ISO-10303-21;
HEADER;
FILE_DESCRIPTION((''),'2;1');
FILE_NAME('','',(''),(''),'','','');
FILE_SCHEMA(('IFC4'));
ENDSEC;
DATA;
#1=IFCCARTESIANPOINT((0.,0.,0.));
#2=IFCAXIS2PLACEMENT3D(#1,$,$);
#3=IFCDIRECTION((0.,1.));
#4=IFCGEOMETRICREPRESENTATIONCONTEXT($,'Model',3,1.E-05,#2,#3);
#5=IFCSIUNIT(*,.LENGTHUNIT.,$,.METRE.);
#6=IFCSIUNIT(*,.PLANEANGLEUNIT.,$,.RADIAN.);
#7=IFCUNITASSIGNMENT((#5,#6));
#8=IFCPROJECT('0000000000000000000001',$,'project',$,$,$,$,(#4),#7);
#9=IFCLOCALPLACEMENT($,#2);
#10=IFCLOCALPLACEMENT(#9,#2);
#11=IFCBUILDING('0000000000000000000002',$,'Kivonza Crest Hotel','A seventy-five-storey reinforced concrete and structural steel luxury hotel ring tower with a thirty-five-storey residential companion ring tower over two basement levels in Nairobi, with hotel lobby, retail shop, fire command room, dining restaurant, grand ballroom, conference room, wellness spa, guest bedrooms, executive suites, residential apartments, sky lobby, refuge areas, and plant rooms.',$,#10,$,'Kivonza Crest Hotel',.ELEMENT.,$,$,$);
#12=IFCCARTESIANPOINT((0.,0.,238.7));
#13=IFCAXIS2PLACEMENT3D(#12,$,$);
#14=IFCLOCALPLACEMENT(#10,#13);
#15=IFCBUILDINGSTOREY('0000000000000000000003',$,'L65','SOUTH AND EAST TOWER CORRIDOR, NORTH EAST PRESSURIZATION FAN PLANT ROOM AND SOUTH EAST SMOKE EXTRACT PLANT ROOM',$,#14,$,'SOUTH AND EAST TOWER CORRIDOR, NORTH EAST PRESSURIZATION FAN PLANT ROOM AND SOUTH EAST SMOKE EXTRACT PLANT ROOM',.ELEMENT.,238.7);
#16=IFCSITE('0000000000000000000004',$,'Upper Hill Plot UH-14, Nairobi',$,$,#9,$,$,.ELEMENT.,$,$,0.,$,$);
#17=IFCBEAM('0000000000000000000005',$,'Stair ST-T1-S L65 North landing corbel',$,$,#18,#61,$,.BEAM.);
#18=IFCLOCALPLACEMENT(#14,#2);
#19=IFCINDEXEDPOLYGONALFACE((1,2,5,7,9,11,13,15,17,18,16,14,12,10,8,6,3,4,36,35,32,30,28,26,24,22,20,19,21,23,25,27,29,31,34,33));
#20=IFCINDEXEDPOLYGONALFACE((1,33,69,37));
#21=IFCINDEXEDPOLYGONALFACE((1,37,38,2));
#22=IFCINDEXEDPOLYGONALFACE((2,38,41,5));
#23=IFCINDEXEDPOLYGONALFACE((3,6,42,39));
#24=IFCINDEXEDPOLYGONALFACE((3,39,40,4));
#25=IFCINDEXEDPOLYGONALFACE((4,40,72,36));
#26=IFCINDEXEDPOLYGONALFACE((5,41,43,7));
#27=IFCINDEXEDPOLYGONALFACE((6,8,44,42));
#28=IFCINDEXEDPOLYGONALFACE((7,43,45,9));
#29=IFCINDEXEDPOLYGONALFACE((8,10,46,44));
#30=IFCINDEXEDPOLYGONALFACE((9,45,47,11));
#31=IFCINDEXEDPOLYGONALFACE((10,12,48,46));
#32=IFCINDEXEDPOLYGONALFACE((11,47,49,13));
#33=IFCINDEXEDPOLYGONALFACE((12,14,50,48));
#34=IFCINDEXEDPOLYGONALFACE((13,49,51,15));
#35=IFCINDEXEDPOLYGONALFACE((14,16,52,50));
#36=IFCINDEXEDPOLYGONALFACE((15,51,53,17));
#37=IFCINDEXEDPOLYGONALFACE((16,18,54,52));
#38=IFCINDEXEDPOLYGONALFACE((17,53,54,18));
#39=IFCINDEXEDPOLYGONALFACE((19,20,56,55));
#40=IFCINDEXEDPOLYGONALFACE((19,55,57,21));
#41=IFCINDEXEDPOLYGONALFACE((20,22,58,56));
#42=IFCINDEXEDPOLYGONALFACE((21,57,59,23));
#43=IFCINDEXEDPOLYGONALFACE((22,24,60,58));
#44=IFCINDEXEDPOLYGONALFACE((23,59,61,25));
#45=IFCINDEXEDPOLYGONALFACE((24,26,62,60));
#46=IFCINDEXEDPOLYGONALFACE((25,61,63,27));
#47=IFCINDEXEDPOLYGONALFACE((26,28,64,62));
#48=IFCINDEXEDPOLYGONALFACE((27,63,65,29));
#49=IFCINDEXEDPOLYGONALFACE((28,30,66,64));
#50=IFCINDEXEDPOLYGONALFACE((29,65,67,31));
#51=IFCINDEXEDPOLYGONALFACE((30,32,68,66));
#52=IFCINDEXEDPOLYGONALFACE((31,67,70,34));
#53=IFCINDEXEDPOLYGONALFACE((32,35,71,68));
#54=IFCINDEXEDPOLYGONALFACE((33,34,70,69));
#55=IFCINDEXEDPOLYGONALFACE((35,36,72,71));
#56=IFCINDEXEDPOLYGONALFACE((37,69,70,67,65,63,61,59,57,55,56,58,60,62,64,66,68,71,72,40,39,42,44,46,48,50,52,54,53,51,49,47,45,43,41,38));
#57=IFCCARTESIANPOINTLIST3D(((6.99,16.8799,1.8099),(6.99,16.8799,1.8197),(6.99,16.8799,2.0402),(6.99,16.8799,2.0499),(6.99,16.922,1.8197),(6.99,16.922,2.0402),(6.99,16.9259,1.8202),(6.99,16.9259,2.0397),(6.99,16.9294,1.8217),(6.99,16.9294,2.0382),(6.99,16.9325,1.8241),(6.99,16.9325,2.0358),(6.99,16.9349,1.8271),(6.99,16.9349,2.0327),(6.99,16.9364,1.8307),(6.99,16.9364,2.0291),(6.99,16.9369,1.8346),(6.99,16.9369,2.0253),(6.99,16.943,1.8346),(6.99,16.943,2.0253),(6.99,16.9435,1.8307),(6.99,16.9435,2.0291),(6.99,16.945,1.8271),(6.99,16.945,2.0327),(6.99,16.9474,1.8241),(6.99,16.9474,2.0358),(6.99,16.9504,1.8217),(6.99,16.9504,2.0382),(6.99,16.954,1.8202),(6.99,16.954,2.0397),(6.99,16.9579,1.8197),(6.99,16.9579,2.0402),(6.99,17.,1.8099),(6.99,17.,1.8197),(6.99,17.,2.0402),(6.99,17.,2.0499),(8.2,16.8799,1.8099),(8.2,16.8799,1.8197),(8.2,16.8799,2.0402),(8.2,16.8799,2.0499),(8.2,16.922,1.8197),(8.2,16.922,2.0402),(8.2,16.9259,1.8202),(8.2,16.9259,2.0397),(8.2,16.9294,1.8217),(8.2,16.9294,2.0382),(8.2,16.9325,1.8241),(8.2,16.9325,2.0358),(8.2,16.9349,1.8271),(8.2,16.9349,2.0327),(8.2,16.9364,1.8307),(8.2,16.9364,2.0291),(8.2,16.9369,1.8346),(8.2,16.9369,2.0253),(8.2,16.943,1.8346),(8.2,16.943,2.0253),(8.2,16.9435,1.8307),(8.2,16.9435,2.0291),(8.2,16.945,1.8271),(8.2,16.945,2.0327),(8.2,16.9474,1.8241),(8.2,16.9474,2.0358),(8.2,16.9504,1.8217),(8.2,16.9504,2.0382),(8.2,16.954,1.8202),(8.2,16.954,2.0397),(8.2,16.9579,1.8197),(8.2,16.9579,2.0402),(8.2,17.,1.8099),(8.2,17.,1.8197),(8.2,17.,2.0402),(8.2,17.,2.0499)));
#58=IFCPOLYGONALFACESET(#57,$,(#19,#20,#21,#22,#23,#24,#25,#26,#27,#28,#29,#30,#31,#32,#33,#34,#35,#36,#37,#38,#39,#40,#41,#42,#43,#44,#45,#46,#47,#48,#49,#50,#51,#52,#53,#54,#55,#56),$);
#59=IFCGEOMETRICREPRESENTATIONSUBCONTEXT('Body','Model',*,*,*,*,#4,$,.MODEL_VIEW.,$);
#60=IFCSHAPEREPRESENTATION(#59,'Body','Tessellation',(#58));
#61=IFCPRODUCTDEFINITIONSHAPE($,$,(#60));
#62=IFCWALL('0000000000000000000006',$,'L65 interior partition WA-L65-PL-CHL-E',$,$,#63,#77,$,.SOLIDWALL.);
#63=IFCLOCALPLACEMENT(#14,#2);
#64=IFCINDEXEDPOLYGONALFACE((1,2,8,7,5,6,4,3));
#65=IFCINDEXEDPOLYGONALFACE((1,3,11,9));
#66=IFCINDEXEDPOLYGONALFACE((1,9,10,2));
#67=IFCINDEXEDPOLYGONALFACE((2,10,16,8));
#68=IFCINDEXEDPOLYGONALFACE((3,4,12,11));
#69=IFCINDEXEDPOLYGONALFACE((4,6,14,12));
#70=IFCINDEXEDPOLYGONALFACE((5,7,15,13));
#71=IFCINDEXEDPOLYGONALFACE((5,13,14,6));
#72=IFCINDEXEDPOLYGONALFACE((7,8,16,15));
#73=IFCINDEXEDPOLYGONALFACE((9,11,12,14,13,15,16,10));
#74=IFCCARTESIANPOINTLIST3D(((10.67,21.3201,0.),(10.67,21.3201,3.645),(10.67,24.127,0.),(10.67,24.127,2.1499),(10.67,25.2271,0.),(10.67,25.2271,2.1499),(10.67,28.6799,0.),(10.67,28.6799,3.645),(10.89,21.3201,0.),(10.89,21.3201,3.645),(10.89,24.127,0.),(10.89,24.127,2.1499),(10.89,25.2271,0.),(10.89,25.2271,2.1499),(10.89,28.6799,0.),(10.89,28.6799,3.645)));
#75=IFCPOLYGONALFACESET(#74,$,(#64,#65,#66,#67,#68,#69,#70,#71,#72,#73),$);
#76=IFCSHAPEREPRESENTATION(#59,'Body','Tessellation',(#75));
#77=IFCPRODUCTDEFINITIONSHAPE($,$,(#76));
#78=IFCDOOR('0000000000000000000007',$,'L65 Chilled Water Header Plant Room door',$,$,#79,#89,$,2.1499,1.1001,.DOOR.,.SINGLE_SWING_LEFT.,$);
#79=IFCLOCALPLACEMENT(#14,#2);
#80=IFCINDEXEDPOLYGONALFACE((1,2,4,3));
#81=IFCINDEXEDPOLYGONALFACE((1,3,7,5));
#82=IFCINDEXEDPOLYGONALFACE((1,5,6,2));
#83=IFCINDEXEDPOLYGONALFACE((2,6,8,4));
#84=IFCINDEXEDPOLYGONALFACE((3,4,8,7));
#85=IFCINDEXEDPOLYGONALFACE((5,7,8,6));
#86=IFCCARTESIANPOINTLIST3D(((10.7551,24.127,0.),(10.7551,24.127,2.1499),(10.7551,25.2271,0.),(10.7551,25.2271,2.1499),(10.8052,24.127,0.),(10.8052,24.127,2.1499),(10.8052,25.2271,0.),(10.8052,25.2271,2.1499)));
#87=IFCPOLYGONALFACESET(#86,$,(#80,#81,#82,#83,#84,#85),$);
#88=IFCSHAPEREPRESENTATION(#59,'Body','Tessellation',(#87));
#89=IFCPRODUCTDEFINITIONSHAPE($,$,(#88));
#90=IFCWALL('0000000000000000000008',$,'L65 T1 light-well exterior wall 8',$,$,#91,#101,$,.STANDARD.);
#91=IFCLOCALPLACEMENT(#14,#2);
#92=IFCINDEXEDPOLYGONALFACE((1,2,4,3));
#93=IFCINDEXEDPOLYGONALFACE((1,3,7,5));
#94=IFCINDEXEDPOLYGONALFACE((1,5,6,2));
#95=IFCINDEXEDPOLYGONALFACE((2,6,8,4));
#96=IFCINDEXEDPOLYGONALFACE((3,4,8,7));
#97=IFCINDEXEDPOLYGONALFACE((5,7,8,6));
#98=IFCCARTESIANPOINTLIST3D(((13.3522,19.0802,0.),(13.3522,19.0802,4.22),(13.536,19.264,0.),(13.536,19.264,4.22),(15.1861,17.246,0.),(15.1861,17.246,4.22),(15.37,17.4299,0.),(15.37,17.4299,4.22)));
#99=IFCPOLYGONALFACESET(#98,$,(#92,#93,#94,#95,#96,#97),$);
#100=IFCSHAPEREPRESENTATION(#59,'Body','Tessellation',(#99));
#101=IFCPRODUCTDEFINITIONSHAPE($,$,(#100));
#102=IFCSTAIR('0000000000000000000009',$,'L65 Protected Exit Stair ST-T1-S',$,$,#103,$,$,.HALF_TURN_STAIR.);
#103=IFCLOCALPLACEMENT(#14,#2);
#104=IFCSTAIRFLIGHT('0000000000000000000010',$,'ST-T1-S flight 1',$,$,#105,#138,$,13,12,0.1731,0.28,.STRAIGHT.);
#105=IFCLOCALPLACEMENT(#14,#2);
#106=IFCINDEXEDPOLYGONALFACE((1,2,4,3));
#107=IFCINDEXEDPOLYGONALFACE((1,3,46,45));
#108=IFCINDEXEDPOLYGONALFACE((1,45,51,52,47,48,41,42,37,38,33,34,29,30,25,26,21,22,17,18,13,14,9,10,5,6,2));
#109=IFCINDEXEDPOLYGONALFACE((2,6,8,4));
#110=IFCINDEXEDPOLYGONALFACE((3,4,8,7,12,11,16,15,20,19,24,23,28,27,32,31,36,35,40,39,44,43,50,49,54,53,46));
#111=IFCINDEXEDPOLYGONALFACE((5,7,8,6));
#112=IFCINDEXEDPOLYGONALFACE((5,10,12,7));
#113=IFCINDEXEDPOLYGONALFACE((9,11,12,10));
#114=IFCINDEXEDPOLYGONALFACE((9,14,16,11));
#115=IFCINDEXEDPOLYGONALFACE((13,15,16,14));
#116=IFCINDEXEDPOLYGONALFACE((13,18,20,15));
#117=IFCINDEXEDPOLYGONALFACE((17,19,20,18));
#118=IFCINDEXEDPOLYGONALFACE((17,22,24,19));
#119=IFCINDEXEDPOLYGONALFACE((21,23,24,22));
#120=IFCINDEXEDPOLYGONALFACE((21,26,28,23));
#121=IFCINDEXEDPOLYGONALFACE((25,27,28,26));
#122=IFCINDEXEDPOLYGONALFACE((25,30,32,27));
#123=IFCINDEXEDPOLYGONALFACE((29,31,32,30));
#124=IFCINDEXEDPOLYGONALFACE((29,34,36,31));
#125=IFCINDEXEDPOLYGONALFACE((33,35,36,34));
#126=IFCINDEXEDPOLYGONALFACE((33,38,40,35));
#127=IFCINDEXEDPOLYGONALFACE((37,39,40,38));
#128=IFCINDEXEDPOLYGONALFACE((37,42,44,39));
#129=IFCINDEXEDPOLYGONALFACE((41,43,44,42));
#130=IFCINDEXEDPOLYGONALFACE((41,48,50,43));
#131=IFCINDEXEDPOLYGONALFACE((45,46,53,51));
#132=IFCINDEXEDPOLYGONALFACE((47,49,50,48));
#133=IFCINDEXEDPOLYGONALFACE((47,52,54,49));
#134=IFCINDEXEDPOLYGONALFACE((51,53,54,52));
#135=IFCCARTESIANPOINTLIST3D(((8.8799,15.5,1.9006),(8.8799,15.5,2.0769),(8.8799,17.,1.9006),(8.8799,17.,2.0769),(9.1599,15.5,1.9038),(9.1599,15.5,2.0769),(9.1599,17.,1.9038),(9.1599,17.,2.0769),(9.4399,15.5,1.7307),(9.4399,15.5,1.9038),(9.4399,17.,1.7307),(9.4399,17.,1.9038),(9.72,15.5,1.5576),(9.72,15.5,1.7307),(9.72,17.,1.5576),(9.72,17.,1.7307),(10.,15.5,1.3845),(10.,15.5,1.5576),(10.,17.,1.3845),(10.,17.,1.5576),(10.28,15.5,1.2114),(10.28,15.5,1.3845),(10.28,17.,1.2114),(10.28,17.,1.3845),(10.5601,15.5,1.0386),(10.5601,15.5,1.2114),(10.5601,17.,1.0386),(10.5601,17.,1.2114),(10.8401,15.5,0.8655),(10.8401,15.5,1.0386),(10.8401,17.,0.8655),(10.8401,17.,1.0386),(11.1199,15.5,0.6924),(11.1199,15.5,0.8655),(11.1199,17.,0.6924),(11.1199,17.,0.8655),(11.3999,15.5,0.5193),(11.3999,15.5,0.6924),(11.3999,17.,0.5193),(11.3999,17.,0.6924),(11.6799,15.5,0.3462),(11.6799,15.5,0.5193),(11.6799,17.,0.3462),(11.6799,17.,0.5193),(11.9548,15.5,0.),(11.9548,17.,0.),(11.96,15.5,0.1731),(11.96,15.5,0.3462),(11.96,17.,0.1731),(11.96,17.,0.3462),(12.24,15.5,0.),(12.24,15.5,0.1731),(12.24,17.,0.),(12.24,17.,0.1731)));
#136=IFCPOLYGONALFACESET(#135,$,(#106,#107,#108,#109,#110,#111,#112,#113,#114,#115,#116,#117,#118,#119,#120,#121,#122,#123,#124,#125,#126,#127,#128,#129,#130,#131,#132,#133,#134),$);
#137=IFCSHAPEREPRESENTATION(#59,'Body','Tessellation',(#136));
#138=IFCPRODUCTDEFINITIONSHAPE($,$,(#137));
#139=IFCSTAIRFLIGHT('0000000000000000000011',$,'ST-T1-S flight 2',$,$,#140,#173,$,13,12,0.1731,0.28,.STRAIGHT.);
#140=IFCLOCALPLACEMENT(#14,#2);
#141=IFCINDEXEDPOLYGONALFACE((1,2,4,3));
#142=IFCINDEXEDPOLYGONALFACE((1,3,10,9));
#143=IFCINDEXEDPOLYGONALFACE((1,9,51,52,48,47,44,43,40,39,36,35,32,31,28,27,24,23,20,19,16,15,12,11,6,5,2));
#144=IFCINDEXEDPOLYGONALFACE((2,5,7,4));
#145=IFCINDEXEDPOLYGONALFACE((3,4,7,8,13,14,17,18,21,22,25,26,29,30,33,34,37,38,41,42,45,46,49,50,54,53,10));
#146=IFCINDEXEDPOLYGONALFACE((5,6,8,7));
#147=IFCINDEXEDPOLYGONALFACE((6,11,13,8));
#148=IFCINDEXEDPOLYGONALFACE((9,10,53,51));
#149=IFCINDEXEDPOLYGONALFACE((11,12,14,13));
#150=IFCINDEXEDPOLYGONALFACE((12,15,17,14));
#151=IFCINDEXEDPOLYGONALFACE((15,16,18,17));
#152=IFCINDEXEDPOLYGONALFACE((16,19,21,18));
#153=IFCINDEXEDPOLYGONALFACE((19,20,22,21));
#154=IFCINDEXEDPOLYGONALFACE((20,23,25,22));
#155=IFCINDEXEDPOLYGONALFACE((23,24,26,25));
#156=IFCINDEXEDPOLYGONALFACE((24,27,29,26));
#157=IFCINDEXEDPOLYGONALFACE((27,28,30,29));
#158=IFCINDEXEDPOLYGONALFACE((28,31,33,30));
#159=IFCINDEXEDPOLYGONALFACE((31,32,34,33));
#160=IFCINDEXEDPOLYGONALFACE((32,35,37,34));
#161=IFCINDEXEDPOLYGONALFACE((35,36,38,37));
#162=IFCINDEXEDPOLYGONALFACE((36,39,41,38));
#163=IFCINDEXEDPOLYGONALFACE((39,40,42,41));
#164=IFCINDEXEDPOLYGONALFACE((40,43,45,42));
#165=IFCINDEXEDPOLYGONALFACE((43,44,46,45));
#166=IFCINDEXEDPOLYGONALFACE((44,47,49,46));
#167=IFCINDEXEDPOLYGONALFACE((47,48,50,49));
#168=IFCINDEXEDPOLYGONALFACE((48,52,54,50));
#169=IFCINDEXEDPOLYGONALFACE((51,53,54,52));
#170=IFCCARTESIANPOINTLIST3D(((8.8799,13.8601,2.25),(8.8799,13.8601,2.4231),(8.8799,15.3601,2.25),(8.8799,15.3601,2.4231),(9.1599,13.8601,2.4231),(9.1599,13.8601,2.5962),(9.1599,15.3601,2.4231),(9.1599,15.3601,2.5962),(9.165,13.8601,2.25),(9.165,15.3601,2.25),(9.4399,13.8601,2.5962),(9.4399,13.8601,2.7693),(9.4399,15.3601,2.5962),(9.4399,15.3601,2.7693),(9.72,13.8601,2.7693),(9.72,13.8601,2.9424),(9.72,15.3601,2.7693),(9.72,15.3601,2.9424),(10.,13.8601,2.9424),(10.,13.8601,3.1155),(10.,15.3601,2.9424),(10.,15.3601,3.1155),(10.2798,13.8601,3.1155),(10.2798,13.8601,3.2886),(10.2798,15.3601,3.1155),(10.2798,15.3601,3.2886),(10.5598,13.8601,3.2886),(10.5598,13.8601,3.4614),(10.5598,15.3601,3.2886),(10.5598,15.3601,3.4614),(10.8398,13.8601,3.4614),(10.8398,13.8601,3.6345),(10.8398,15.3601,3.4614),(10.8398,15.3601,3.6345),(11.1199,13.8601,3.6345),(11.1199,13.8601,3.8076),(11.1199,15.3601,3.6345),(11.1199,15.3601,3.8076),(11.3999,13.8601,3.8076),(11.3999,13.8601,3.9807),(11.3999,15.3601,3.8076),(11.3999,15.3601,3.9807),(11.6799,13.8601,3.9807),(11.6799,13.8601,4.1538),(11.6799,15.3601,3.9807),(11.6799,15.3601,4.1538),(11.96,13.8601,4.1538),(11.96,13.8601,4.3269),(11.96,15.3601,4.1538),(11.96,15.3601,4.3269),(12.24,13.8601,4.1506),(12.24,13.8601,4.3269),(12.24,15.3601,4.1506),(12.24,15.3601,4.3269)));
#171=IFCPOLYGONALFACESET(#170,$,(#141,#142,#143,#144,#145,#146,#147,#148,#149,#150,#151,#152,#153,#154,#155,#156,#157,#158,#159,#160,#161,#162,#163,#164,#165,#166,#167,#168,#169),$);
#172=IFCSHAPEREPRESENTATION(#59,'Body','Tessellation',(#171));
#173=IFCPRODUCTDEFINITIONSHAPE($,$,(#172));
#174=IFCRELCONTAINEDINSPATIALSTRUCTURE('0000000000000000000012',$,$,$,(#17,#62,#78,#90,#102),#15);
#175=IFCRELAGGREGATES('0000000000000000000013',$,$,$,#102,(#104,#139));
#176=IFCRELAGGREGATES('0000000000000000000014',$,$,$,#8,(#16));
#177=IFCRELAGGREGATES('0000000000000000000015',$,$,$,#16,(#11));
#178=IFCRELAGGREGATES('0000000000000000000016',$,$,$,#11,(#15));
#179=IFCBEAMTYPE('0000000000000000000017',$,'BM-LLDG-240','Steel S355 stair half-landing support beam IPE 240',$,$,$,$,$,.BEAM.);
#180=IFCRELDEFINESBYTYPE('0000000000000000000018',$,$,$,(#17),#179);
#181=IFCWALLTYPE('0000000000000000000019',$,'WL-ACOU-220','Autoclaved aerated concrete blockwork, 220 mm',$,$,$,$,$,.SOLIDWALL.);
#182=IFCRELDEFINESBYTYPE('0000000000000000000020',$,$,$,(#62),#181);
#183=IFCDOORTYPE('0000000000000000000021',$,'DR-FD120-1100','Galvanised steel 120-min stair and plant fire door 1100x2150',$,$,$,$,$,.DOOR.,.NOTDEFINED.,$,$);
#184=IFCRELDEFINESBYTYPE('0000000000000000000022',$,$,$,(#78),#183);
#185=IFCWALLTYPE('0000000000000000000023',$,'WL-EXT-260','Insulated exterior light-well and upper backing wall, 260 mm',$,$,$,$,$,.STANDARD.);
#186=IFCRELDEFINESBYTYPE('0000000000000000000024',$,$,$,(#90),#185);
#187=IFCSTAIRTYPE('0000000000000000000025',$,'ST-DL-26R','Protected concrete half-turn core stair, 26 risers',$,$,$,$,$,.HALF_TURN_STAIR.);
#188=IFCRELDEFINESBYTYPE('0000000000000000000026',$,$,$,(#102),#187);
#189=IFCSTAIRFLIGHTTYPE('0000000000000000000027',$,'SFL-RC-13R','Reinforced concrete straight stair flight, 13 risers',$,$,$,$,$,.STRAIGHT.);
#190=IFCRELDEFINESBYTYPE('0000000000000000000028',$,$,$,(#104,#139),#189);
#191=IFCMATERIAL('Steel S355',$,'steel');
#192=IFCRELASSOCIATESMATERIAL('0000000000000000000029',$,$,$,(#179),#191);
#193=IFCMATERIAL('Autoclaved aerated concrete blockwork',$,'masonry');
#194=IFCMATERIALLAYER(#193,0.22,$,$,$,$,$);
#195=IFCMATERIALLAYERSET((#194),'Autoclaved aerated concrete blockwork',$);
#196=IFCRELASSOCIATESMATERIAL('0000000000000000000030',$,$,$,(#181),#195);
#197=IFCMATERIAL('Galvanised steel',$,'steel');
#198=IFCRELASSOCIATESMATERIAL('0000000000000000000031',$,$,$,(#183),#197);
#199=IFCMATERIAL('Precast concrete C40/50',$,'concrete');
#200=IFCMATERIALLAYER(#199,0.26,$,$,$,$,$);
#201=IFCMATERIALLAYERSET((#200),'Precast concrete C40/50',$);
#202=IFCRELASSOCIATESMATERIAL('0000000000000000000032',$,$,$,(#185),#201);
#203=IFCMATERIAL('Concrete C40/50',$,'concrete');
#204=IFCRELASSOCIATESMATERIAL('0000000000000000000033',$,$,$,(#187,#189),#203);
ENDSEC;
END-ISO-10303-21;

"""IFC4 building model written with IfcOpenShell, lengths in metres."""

from ifc_helpers import new_model, si_unit, direction, frame, frame_2d, origin, origin_2d, place, context, subcontext, project, spatial, polyline, rectangle, i_section, outline, extrude, material, layer, layer_set, material_profile, profile_set, type_object, element, fill, aggregate, save


model = new_model("IFC4")

# Units and contexts
model_context = context("Model", 3, precision=1e-05, world=origin(), true_north=direction((0.0, 1.0)))
body_context = subcontext(model_context, "Body", "Model", "MODEL_VIEW")
ifc_project = project(units=[si_unit("LENGTHUNIT", "METRE"), si_unit("PLANEANGLEUNIT", "RADIAN")], contexts=[model_context])

# Site, building, storey
site_placement = place(None, origin())
site = spatial("IfcSite", under=ifc_project, at=site_placement, Name="Upper Hill Plot UH-14, Nairobi", CompositionType="ELEMENT", RefElevation=0.0)
building_placement = place(site_placement, origin())
building = spatial("IfcBuilding", under=site, at=building_placement, Name="Kivonza Crest Hotel", Description="A seventy-five-storey reinforced concrete and structural steel luxury hotel ring tower with a thirty-five-storey residential companion ring tower over two basement levels in Nairobi, with hotel lobby, retail shop, fire command room, dining restaurant, grand ballroom, conference room, wellness spa, guest bedrooms, executive suites, residential apartments, sky lobby, refuge areas, and plant rooms.", LongName="Kivonza Crest Hotel", CompositionType="ELEMENT")
storey_placement = place(building_placement, frame((0.0, 0.0, 238.7)))
storey = spatial("IfcBuildingStorey", under=building, at=storey_placement, Name="L65", Description="SOUTH AND EAST TOWER CORRIDOR, NORTH EAST PRESSURIZATION FAN PLANT ROOM AND SOUTH EAST SMOKE EXTRACT PLANT ROOM", LongName="SOUTH AND EAST TOWER CORRIDOR, NORTH EAST PRESSURIZATION FAN PLANT ROOM AND SOUTH EAST SMOKE EXTRACT PLANT ROOM", CompositionType="ELEMENT", Elevation=238.7)

# Beam
ifc_material_1 = material(Name="Steel S355", Category="steel")
ifc_material_profile_1 = material_profile(ifc_material_1, i_section(OverallWidth=0.1201, OverallDepth=0.24, WebThickness=0.0061, FlangeThickness=0.0098, FilletRadius=0.0149, at=origin_2d()), Name="IPE 240")
ifc_profile_set_1 = profile_set([ifc_material_profile_1], Name="Steel S355")
beam_type_1 = type_object("IfcBeamType", Name="BM-LLDG-240", Description="Steel S355 stair half-landing support beam IPE 240", PredefinedType="BEAM", material=ifc_profile_set_1)
beam_1_placement = place(storey_placement, frame((6.99, 16.9399, 1.9299), z_axis=(1.0, 0.0, 0.0), x_axis=(0.0, 1.0, 0.0)))
element("IfcBeam", 1, at=beam_1_placement, inside=storey, type_object=beam_type_1, Name="Stair ST-T1-S L65 North landing corbel", PredefinedType="BEAM", context=body_context, shape_type="SweptSolid", body=[
    extrude(i_section(OverallWidth=0.1201, OverallDepth=0.24, WebThickness=0.0061, FlangeThickness=0.0098, FilletRadius=0.0149, at=origin_2d()), origin(), (0.0, 0.0, 1.0), 1.21),
])

# Wall, opening, door
ifc_material_2 = material(Name="Autoclaved aerated concrete blockwork", Category="masonry")
ifc_layer_1 = layer(ifc_material_2, 0.22)
ifc_layer_set_1 = layer_set([ifc_layer_1], Name="Autoclaved aerated concrete blockwork")
wall_type_1 = type_object("IfcWallType", Name="WL-ACOU-220", Description="Autoclaved aerated concrete blockwork, 220 mm", PredefinedType="SOLIDWALL", material=ifc_layer_set_1)
ifc_material_3 = material(Name="Galvanised steel", Category="steel")
door_type = type_object("IfcDoorType", Name="DR-FD120-1100", Description="Galvanised steel 120-min stair and plant fire door 1100x2150", OperationType="NOTDEFINED", PredefinedType="DOOR", material=ifc_material_3)
wall_1_placement = place(storey_placement, frame((10.78, 21.3201, 0.0), z_axis=(0.0, 0.0, 1.0), x_axis=(0.0, 1.0, 0.0)))
wall_1 = element("IfcWall", 2, at=wall_1_placement, inside=storey, type_object=wall_type_1, Name="L65 interior partition WA-L65-PL-CHL-E", PredefinedType="SOLIDWALL", context=body_context, shape_type="SweptSolid", body=[
    extrude(rectangle(XDim=7.3599, YDim=0.22, at=frame_2d((3.6799, 0.0))), origin(), (0.0, 0.0, 1.0), 3.645),
])
opening_1_placement = place(wall_1_placement, frame((2.8069, 0.0, 0.0)))
opening_1 = element("IfcOpeningElement", 3, at=opening_1_placement, cuts=wall_1, PredefinedType="OPENING", context=body_context, shape_type="SweptSolid", body=[
    extrude(rectangle(XDim=1.1001, YDim=2.1499, at=frame_2d((0.55, 1.075))), frame((0.0, 0.1201, 0.0), z_axis=(0.0, -1.0, 0.0), x_axis=(1.0, 0.0, 0.0)), (0.0, 0.0, 1.0), 0.24),
])
door_1_placement = place(opening_1_placement, origin())
door_1 = element("IfcDoor", 4, at=door_1_placement, inside=storey, type_object=door_type, Name="L65 Chilled Water Header Plant Room door", OperationType="SINGLE_SWING_LEFT", OverallHeight=2.1499, OverallWidth=1.1001, PredefinedType="DOOR", context=body_context, shape_type="SweptSolid", body=[
    extrude(rectangle(XDim=1.1001, YDim=2.1499, at=frame_2d((0.55, 1.075))), frame((0.0, 0.0249, 0.0), z_axis=(0.0, -1.0, 0.0), x_axis=(1.0, 0.0, 0.0)), (0.0, 0.0, 1.0), 0.05),
])
fill(opening_1, door_1)

# Wall
ifc_material_4 = material(Name="Precast concrete C40/50", Category="concrete")
ifc_layer_2 = layer(ifc_material_4, 0.26)
ifc_layer_set_2 = layer_set([ifc_layer_2], Name="Precast concrete C40/50")
wall_type_2 = type_object("IfcWallType", Name="WL-EXT-260", Description="Insulated exterior light-well and upper backing wall, 260 mm", PredefinedType="STANDARD", material=ifc_layer_set_2)
wall_2_placement = place(storey_placement, frame((13.4441, 19.1721, 0.0), z_axis=(0.0, 0.0, 1.0), x_axis=(0.70706, -0.707154, 0.0)))
element("IfcWall", 5, at=wall_2_placement, inside=storey, type_object=wall_type_2, Name="L65 T1 light-well exterior wall 8", PredefinedType="STANDARD", context=body_context, shape_type="SweptSolid", body=[
    extrude(rectangle(XDim=2.5938, YDim=0.26, at=frame_2d((1.2969, 0.0))), origin(), (0.0, 0.0, 1.0), 4.22),
])

# Stair, stair flights
ifc_material_5 = material(Name="Concrete C40/50", Category="concrete")
stair_type = type_object("IfcStairType", Name="ST-DL-26R", Description="Protected concrete half-turn core stair, 26 risers", PredefinedType="HALF_TURN_STAIR", material=ifc_material_5)
stair_placement = place(storey_placement, origin())
stair = element("IfcStair", 6, at=stair_placement, inside=storey, type_object=stair_type, Name="L65 Protected Exit Stair ST-T1-S", PredefinedType="HALF_TURN_STAIR")
stair_flight_type = type_object("IfcStairFlightType", Name="SFL-RC-13R", Description="Reinforced concrete straight stair flight, 13 risers", PredefinedType="STRAIGHT", material=ifc_material_5)
stair_flight_1_placement = place(storey_placement, frame((12.24, 16.25, 0.0), z_axis=(0.0, 0.0, 1.0), x_axis=(-1.0, 0.0, 0.0)))
stair_flight_1 = element("IfcStairFlight", 7, at=stair_flight_1_placement, type_object=stair_flight_type, Name="ST-T1-S flight 1", NumberOfRisers=13, NumberOfTreads=12, PredefinedType="STRAIGHT", RiserHeight=0.1731, TreadLength=0.28, context=body_context, shape_type="SweptSolid", body=[
    extrude(outline(polyline([(0.0, 0.0), (0.0, 0.1731), (0.28, 0.1731), (0.28, 0.3462), (0.5601, 0.3462), (0.5601, 0.5193), (0.8401, 0.5193), (0.8401, 0.6924), (1.1201, 0.6924), (1.1201, 0.8655), (1.3999, 0.8655), (1.3999, 1.0386), (1.6799, 1.0386), (1.6799, 1.2114), (1.96, 1.2114), (1.96, 1.3845), (2.24, 1.3845), (2.24, 1.5576), (2.52, 1.5576), (2.52, 1.7307), (2.8, 1.7307), (2.8, 1.9038), (3.0801, 1.9038), (3.0801, 2.0769), (3.3601, 2.0769), (3.3601, 2.25), (3.3601, 1.9006), (0.2852, 0.0), (0.0, 0.0)])), frame((0.0, 0.75, 0.0), z_axis=(0.0, -1.0, 0.0), x_axis=(1.0, 0.0, 0.0)), (0.0, 0.0, 1.0), 1.5),
])
stair_flight_2_placement = place(storey_placement, frame((8.8799, 14.6101, 2.25), z_axis=(0.0, 0.0, 1.0), x_axis=(1.0, 0.0, 0.0)))
stair_flight_2 = element("IfcStairFlight", 8, at=stair_flight_2_placement, type_object=stair_flight_type, Name="ST-T1-S flight 2", NumberOfRisers=13, NumberOfTreads=12, PredefinedType="STRAIGHT", RiserHeight=0.1731, TreadLength=0.28, context=body_context, shape_type="SweptSolid", body=[
    extrude(outline(polyline([(0.0, 0.0), (0.0, 0.1731), (0.28, 0.1731), (0.28, 0.3462), (0.5601, 0.3462), (0.5601, 0.5193), (0.8401, 0.5193), (0.8401, 0.6924), (1.1201, 0.6924), (1.1201, 0.8655), (1.3999, 0.8655), (1.3999, 1.0386), (1.6799, 1.0386), (1.6799, 1.2114), (1.96, 1.2114), (1.96, 1.3845), (2.24, 1.3845), (2.24, 1.5576), (2.52, 1.5576), (2.52, 1.7307), (2.8, 1.7307), (2.8, 1.9038), (3.0801, 1.9038), (3.0801, 2.0769), (3.3601, 2.0769), (3.3601, 2.25), (3.3601, 1.9006), (0.2852, 0.0), (0.0, 0.0)])), frame((0.0, 0.75, 0.0), z_axis=(0.0, -1.0, 0.0), x_axis=(1.0, 0.0, 0.0)), (0.0, 0.0, 1.0), 1.5),
])
aggregate(stair, [stair_flight_1, stair_flight_2])

save(model, "model.ifc")
